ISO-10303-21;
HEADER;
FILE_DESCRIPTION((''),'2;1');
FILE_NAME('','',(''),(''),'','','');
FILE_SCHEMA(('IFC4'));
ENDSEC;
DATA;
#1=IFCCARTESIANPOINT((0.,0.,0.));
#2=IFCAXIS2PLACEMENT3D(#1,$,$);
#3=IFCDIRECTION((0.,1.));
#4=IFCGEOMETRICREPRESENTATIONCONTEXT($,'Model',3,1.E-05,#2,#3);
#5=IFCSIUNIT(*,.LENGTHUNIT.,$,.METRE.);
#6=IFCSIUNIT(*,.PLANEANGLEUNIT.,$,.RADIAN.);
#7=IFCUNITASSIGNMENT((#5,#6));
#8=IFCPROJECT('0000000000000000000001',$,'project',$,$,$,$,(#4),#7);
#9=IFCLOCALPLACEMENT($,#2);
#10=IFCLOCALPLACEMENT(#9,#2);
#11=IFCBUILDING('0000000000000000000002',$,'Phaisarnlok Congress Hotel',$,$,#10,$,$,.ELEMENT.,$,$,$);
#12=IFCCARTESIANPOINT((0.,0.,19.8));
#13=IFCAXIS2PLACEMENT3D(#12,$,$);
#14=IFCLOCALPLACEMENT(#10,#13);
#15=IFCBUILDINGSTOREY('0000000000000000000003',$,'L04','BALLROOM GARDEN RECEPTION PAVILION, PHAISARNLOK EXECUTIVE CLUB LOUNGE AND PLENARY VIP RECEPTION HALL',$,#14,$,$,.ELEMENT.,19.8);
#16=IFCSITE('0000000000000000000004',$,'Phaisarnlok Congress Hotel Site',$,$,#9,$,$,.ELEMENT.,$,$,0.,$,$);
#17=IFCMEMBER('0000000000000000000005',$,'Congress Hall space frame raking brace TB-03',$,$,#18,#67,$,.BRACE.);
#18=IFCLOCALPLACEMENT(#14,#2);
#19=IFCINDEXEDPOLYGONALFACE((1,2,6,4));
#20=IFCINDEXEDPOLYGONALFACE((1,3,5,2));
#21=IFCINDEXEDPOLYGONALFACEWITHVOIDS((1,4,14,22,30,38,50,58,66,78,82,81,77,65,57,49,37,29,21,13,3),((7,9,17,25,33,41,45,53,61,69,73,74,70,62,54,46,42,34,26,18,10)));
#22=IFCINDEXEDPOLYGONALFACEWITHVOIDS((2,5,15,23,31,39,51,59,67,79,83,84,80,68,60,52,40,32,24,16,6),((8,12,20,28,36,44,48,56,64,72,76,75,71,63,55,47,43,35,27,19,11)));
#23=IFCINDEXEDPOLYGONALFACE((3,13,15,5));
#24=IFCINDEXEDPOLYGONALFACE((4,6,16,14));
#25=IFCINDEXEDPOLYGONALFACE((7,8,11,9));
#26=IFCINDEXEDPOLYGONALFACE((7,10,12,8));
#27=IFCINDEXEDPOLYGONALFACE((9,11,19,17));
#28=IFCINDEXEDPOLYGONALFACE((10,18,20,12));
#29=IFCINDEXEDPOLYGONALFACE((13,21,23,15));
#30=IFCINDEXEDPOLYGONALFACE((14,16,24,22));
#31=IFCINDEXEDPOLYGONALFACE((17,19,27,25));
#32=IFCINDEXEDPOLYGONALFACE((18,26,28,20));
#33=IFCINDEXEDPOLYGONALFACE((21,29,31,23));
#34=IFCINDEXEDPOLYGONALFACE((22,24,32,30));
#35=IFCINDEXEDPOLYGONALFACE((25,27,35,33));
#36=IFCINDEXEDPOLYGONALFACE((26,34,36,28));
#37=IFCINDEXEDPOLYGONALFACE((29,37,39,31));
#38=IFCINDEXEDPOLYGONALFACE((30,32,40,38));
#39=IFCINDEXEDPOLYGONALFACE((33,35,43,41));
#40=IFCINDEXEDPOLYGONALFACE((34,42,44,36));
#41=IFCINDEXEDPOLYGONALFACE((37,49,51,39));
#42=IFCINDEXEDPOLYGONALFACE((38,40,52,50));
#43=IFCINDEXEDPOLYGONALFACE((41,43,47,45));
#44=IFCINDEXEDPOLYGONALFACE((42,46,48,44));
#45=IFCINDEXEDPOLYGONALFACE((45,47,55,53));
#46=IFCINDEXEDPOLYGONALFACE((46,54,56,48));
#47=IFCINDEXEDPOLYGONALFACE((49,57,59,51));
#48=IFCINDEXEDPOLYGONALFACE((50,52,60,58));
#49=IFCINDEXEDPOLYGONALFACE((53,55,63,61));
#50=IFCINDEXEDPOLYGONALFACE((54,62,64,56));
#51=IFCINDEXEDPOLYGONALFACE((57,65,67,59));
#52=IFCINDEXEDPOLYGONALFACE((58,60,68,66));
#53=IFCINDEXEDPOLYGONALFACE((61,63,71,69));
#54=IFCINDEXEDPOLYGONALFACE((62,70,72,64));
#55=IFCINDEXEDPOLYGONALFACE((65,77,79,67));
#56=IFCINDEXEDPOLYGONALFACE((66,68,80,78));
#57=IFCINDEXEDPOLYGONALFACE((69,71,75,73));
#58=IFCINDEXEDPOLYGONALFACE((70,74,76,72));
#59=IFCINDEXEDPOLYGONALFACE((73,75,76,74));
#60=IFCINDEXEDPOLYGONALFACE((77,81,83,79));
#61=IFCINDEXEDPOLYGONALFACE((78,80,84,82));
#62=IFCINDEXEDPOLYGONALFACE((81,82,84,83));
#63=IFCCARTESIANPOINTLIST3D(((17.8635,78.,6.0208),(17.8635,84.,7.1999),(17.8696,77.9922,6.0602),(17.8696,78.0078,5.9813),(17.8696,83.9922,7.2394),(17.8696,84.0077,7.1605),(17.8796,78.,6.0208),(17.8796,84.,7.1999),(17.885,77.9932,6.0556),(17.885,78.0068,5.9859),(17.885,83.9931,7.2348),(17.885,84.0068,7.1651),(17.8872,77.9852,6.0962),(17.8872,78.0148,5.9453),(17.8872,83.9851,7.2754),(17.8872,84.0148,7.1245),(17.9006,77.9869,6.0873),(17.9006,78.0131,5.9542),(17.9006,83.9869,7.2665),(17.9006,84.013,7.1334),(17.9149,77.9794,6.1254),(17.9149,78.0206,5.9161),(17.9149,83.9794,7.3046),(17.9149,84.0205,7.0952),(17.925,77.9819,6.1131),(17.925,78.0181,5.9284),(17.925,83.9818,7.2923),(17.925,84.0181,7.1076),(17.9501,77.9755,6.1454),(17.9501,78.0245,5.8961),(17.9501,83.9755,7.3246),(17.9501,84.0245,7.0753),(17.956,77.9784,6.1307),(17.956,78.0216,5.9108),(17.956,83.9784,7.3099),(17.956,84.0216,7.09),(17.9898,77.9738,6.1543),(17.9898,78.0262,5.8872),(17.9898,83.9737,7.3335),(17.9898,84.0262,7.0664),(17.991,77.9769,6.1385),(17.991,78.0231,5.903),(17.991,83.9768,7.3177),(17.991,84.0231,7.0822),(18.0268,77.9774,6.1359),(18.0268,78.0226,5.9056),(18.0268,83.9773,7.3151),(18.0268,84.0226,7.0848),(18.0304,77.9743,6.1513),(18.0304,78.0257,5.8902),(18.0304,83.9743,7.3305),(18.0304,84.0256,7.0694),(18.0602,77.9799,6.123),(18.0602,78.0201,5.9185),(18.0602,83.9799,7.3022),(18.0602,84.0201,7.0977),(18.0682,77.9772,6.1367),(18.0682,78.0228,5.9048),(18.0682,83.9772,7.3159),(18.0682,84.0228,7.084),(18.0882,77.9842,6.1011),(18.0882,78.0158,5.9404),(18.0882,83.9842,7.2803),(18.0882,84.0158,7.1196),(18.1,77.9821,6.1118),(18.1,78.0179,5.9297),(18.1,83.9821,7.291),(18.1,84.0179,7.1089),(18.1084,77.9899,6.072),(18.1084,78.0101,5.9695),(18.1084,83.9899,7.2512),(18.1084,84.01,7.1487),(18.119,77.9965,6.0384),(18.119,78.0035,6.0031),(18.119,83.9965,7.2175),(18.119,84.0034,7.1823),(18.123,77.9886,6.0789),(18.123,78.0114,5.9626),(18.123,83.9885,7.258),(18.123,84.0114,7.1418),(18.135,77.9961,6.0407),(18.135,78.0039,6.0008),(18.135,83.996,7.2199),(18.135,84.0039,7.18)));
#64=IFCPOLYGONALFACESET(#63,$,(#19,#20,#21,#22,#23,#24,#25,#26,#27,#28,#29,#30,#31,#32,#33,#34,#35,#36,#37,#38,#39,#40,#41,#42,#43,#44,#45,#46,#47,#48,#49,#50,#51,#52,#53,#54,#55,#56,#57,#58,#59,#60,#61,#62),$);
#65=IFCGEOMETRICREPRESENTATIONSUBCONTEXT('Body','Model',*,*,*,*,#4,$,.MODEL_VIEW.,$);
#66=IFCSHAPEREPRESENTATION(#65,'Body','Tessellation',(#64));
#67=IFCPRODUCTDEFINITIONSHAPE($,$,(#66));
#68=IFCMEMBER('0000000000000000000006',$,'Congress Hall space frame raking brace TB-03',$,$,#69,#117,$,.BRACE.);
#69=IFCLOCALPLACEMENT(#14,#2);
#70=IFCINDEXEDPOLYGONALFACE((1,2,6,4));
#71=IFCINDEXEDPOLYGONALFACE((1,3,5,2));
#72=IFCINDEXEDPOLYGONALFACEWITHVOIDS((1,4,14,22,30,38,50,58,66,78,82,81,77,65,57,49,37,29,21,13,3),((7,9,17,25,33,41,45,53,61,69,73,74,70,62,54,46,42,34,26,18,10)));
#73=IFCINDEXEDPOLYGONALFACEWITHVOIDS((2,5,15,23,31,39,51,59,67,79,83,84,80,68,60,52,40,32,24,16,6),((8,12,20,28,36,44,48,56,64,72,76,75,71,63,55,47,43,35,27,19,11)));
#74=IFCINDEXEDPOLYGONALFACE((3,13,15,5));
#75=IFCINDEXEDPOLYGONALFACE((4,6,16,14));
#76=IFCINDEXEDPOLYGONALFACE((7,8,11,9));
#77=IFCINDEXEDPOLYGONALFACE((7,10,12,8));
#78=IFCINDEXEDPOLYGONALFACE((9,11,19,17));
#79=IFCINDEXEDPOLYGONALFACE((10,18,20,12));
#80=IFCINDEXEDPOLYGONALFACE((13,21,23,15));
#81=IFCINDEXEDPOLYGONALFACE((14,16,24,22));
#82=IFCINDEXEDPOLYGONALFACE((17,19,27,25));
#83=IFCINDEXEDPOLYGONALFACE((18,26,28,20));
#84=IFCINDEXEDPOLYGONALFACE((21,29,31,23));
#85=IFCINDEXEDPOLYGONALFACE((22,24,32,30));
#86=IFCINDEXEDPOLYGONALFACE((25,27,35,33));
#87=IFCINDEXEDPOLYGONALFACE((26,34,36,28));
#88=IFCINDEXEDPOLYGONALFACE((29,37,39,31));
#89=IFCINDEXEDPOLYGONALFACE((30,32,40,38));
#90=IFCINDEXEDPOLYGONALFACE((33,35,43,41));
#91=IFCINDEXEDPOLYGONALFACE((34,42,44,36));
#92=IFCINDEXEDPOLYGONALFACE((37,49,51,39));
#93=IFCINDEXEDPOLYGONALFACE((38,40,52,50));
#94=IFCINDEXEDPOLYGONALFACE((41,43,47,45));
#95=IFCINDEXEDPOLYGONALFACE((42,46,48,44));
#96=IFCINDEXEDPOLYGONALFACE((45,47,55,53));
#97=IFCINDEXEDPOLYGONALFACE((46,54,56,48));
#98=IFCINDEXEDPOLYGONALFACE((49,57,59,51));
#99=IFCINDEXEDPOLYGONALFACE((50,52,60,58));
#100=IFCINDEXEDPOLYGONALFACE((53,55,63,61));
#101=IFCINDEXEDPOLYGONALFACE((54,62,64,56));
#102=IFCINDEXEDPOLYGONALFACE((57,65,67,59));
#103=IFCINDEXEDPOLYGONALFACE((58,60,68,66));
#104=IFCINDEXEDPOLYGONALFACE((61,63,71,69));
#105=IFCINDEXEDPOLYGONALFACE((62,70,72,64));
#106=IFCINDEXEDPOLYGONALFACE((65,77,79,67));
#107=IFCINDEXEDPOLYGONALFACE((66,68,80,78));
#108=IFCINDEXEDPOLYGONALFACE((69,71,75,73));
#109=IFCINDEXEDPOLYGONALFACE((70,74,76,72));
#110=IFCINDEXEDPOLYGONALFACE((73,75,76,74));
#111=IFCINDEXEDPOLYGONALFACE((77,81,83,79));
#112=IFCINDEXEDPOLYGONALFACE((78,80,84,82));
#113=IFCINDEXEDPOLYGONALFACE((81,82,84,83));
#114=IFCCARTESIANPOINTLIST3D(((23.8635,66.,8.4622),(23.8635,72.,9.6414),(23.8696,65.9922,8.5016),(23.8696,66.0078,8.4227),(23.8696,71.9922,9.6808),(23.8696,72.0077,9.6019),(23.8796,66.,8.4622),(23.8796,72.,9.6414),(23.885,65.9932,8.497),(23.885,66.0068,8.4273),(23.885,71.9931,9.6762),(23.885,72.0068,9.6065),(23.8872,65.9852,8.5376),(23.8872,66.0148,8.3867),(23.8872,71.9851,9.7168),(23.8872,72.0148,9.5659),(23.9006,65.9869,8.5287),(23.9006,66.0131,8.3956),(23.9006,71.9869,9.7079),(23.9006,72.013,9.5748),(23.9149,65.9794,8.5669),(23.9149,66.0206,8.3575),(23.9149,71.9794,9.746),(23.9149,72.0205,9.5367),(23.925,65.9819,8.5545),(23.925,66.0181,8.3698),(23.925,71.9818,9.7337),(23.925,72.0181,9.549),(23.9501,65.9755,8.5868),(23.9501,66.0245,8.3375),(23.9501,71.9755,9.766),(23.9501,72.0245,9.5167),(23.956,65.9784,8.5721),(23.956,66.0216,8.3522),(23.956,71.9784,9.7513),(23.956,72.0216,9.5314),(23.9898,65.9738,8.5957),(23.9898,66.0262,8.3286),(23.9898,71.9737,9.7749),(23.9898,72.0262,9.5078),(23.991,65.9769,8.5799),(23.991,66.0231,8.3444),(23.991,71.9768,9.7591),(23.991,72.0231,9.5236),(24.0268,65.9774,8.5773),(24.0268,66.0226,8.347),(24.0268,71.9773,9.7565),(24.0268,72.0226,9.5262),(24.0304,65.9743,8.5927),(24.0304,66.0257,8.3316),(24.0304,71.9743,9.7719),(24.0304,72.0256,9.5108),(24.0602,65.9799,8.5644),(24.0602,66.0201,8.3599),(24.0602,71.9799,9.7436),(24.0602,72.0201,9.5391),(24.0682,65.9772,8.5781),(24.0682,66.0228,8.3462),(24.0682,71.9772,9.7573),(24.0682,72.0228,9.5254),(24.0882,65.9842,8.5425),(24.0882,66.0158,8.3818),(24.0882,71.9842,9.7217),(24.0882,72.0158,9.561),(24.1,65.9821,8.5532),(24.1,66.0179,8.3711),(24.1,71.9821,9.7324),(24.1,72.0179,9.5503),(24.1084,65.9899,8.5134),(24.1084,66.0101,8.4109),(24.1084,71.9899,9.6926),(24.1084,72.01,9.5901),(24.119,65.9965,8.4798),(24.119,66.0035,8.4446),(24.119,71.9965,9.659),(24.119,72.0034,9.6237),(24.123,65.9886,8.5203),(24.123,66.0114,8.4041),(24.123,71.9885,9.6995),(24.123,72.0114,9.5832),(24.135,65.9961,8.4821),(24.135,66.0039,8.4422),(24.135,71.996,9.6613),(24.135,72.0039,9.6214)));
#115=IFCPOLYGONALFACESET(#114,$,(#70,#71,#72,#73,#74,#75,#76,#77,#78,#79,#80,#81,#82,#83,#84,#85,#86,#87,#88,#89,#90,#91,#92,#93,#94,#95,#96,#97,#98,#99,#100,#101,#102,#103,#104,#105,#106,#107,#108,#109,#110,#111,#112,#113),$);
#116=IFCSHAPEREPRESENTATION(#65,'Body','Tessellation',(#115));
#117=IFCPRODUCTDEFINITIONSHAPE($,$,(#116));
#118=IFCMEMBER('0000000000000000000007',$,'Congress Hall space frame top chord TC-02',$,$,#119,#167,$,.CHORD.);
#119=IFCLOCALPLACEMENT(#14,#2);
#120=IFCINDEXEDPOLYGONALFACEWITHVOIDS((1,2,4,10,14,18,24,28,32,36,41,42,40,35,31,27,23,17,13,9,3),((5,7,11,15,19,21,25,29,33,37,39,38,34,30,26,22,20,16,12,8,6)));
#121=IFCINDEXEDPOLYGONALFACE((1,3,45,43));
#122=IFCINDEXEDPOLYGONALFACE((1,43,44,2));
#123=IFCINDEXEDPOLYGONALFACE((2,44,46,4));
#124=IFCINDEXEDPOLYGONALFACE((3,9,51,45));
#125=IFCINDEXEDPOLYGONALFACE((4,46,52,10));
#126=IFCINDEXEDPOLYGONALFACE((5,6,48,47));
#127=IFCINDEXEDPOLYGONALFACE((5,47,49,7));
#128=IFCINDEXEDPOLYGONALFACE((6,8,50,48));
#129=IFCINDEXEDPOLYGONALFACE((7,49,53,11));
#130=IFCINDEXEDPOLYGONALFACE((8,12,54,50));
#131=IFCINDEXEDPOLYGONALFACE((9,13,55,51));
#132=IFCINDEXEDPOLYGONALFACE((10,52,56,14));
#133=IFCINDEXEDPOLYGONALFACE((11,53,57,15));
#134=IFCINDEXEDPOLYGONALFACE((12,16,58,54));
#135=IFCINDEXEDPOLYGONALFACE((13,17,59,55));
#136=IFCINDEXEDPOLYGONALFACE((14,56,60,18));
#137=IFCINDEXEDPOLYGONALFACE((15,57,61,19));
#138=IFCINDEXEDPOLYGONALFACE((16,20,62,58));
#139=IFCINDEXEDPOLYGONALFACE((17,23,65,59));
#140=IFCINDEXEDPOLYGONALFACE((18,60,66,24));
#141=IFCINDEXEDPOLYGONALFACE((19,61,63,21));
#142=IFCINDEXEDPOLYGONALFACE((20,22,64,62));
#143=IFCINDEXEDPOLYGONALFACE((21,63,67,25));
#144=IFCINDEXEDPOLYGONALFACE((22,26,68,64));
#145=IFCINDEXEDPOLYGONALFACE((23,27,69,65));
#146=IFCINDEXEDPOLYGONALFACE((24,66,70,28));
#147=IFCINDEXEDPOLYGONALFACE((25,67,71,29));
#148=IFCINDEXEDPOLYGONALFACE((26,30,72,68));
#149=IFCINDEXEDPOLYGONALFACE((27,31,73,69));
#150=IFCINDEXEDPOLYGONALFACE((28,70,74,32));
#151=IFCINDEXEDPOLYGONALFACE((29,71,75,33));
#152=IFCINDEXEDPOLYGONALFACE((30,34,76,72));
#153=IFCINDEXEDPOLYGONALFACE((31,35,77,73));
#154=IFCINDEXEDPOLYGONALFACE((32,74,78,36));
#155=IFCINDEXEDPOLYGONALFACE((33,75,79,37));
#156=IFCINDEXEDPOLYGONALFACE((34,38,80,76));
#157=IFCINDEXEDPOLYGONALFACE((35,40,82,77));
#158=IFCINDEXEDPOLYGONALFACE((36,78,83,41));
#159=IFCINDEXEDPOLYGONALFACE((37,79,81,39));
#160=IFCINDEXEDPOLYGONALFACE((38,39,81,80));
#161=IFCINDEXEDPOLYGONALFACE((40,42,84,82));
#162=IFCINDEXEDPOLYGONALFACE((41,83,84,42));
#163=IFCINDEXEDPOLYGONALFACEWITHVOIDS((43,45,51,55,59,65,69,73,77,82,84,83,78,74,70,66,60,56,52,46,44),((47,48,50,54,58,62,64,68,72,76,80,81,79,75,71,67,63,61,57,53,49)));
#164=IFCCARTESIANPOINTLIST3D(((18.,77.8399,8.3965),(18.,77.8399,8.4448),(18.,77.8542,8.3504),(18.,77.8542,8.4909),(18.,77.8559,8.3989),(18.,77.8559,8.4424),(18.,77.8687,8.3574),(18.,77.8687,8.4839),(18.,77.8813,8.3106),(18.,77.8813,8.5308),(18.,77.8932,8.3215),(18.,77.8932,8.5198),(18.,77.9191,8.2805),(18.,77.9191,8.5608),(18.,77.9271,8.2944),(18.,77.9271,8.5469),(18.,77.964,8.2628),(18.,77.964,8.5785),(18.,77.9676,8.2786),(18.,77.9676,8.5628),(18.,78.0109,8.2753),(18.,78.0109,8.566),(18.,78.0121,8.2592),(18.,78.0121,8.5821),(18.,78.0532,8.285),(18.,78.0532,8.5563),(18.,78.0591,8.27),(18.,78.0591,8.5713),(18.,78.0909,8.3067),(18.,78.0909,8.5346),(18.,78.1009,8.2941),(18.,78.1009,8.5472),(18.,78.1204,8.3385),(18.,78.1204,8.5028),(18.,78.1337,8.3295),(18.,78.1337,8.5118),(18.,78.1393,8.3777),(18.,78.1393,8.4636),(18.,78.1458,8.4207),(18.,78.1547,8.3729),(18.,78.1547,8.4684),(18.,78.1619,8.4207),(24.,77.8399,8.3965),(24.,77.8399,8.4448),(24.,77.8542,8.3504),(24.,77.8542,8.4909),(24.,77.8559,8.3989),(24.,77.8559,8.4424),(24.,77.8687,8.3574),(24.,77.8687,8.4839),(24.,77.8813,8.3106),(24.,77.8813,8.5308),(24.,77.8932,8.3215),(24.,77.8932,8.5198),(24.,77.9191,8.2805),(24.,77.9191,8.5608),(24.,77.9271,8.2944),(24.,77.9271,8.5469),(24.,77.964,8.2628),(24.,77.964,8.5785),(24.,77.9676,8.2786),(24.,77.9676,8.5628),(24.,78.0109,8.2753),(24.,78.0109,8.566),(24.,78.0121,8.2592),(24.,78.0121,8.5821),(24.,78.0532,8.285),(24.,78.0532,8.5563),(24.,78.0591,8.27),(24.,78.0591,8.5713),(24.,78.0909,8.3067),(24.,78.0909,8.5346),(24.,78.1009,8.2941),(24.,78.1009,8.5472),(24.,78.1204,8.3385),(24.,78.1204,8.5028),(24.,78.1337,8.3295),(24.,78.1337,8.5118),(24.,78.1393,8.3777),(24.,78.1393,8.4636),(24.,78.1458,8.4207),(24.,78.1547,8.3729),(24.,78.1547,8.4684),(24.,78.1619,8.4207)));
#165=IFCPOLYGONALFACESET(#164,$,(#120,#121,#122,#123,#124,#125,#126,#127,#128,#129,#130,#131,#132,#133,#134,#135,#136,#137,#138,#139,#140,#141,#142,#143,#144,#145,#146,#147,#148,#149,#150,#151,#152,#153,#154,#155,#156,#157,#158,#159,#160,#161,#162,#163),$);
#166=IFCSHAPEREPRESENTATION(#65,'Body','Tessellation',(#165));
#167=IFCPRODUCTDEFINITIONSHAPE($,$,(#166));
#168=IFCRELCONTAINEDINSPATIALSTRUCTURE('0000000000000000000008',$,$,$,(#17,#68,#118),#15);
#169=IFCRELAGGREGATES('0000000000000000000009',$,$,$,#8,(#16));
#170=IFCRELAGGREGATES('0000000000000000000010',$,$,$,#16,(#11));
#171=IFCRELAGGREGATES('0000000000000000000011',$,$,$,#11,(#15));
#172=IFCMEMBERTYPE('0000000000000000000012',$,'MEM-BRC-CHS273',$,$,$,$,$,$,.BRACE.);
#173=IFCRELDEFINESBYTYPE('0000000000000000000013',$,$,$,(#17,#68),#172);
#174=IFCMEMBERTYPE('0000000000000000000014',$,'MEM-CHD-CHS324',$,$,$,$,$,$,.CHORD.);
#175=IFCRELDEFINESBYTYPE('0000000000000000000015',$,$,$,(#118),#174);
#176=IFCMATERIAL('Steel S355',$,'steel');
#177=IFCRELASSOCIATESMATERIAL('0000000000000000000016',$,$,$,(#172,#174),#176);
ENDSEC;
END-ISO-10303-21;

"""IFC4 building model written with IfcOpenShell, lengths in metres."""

from ifc_helpers import new_model, si_unit, direction, frame, origin, origin_2d, place, context, subcontext, project, spatial, hollow_circle, extrude, material, material_profile, profile_set, type_object, element, save


model = new_model("IFC4")

# Units and contexts
model_context = context("Model", 3, precision=1e-05, world=origin(), true_north=direction((0.0, 1.0)))
body_context = subcontext(model_context, "Body", "Model", "MODEL_VIEW")
ifc_project = project(units=[si_unit("LENGTHUNIT", "METRE"), si_unit("PLANEANGLEUNIT", "RADIAN")], contexts=[model_context])

# Site, building, storey
site_placement = place(None, origin())
site = spatial("IfcSite", under=ifc_project, at=site_placement, Name="Phaisarnlok Congress Hotel Site", CompositionType="ELEMENT", RefElevation=0.0)
building_placement = place(site_placement, origin())
building = spatial("IfcBuilding", under=site, at=building_placement, Name="Phaisarnlok Congress Hotel", CompositionType="ELEMENT")
storey_placement = place(building_placement, frame((0.0, 0.0, 19.8)))
storey = spatial("IfcBuildingStorey", under=building, at=storey_placement, Name="L04", Description="BALLROOM GARDEN RECEPTION PAVILION, PHAISARNLOK EXECUTIVE CLUB LOUNGE AND PLENARY VIP RECEPTION HALL", CompositionType="ELEMENT", Elevation=19.8)

# Members
ifc_material = material(Name="Steel S355", Category="steel")
ifc_material_profile_1 = material_profile(ifc_material, hollow_circle(Radius=0.1365, WallThickness=0.0161, at=origin_2d()), Name="CHS 273x16")
ifc_profile_set_1 = profile_set([ifc_material_profile_1], Name="Steel S355")
member_type_1 = type_object("IfcMemberType", Name="MEM-BRC-CHS273", PredefinedType="BRACE", material=ifc_profile_set_1)
for number, where, z_axis, x_axis, name in (
    (1, (18.0, 78.0, 6.0208), (0.0, 0.981229, 0.192844), (-1.0, 0.0, 0.0), "Congress Hall space frame raking brace TB-03"),
    (2, (24.0, 66.0, 8.4622), (0.0, 0.981229, 0.192844), (-1.0, 0.0, 0.0), "Congress Hall space frame raking brace TB-03"),
):
    element("IfcMember", number, at=place(storey_placement, frame(where, z_axis=z_axis, x_axis=x_axis)), inside=storey, type_object=member_type_1, Name=name, PredefinedType="BRACE", context=body_context, shape_type="SweptSolid", body=[
        extrude(hollow_circle(Radius=0.1365, WallThickness=0.0161, at=origin_2d()), origin(), (0.0, 0.0, 1.0), 6.1147),
    ])
ifc_material_profile_2 = material_profile(ifc_material, hollow_circle(Radius=0.1619, WallThickness=0.0161, at=origin_2d()), Name="CHS 323.9x16")
ifc_profile_set_2 = profile_set([ifc_material_profile_2], Name="Steel S355")
member_type_2 = type_object("IfcMemberType", Name="MEM-CHD-CHS324", PredefinedType="CHORD", material=ifc_profile_set_2)
member_1_placement = place(storey_placement, frame((18.0, 78.0, 8.4207), z_axis=(1.0, 0.0, 0.0), x_axis=(0.0, 1.0, 0.0)))
element("IfcMember", 3, at=member_1_placement, inside=storey, type_object=member_type_2, Name="Congress Hall space frame top chord TC-02", PredefinedType="CHORD", context=body_context, shape_type="SweptSolid", body=[
    extrude(hollow_circle(Radius=0.1619, WallThickness=0.0161, at=origin_2d()), origin(), (0.0, 0.0, 1.0), 6.0),
])

save(model, "model.ifc")
